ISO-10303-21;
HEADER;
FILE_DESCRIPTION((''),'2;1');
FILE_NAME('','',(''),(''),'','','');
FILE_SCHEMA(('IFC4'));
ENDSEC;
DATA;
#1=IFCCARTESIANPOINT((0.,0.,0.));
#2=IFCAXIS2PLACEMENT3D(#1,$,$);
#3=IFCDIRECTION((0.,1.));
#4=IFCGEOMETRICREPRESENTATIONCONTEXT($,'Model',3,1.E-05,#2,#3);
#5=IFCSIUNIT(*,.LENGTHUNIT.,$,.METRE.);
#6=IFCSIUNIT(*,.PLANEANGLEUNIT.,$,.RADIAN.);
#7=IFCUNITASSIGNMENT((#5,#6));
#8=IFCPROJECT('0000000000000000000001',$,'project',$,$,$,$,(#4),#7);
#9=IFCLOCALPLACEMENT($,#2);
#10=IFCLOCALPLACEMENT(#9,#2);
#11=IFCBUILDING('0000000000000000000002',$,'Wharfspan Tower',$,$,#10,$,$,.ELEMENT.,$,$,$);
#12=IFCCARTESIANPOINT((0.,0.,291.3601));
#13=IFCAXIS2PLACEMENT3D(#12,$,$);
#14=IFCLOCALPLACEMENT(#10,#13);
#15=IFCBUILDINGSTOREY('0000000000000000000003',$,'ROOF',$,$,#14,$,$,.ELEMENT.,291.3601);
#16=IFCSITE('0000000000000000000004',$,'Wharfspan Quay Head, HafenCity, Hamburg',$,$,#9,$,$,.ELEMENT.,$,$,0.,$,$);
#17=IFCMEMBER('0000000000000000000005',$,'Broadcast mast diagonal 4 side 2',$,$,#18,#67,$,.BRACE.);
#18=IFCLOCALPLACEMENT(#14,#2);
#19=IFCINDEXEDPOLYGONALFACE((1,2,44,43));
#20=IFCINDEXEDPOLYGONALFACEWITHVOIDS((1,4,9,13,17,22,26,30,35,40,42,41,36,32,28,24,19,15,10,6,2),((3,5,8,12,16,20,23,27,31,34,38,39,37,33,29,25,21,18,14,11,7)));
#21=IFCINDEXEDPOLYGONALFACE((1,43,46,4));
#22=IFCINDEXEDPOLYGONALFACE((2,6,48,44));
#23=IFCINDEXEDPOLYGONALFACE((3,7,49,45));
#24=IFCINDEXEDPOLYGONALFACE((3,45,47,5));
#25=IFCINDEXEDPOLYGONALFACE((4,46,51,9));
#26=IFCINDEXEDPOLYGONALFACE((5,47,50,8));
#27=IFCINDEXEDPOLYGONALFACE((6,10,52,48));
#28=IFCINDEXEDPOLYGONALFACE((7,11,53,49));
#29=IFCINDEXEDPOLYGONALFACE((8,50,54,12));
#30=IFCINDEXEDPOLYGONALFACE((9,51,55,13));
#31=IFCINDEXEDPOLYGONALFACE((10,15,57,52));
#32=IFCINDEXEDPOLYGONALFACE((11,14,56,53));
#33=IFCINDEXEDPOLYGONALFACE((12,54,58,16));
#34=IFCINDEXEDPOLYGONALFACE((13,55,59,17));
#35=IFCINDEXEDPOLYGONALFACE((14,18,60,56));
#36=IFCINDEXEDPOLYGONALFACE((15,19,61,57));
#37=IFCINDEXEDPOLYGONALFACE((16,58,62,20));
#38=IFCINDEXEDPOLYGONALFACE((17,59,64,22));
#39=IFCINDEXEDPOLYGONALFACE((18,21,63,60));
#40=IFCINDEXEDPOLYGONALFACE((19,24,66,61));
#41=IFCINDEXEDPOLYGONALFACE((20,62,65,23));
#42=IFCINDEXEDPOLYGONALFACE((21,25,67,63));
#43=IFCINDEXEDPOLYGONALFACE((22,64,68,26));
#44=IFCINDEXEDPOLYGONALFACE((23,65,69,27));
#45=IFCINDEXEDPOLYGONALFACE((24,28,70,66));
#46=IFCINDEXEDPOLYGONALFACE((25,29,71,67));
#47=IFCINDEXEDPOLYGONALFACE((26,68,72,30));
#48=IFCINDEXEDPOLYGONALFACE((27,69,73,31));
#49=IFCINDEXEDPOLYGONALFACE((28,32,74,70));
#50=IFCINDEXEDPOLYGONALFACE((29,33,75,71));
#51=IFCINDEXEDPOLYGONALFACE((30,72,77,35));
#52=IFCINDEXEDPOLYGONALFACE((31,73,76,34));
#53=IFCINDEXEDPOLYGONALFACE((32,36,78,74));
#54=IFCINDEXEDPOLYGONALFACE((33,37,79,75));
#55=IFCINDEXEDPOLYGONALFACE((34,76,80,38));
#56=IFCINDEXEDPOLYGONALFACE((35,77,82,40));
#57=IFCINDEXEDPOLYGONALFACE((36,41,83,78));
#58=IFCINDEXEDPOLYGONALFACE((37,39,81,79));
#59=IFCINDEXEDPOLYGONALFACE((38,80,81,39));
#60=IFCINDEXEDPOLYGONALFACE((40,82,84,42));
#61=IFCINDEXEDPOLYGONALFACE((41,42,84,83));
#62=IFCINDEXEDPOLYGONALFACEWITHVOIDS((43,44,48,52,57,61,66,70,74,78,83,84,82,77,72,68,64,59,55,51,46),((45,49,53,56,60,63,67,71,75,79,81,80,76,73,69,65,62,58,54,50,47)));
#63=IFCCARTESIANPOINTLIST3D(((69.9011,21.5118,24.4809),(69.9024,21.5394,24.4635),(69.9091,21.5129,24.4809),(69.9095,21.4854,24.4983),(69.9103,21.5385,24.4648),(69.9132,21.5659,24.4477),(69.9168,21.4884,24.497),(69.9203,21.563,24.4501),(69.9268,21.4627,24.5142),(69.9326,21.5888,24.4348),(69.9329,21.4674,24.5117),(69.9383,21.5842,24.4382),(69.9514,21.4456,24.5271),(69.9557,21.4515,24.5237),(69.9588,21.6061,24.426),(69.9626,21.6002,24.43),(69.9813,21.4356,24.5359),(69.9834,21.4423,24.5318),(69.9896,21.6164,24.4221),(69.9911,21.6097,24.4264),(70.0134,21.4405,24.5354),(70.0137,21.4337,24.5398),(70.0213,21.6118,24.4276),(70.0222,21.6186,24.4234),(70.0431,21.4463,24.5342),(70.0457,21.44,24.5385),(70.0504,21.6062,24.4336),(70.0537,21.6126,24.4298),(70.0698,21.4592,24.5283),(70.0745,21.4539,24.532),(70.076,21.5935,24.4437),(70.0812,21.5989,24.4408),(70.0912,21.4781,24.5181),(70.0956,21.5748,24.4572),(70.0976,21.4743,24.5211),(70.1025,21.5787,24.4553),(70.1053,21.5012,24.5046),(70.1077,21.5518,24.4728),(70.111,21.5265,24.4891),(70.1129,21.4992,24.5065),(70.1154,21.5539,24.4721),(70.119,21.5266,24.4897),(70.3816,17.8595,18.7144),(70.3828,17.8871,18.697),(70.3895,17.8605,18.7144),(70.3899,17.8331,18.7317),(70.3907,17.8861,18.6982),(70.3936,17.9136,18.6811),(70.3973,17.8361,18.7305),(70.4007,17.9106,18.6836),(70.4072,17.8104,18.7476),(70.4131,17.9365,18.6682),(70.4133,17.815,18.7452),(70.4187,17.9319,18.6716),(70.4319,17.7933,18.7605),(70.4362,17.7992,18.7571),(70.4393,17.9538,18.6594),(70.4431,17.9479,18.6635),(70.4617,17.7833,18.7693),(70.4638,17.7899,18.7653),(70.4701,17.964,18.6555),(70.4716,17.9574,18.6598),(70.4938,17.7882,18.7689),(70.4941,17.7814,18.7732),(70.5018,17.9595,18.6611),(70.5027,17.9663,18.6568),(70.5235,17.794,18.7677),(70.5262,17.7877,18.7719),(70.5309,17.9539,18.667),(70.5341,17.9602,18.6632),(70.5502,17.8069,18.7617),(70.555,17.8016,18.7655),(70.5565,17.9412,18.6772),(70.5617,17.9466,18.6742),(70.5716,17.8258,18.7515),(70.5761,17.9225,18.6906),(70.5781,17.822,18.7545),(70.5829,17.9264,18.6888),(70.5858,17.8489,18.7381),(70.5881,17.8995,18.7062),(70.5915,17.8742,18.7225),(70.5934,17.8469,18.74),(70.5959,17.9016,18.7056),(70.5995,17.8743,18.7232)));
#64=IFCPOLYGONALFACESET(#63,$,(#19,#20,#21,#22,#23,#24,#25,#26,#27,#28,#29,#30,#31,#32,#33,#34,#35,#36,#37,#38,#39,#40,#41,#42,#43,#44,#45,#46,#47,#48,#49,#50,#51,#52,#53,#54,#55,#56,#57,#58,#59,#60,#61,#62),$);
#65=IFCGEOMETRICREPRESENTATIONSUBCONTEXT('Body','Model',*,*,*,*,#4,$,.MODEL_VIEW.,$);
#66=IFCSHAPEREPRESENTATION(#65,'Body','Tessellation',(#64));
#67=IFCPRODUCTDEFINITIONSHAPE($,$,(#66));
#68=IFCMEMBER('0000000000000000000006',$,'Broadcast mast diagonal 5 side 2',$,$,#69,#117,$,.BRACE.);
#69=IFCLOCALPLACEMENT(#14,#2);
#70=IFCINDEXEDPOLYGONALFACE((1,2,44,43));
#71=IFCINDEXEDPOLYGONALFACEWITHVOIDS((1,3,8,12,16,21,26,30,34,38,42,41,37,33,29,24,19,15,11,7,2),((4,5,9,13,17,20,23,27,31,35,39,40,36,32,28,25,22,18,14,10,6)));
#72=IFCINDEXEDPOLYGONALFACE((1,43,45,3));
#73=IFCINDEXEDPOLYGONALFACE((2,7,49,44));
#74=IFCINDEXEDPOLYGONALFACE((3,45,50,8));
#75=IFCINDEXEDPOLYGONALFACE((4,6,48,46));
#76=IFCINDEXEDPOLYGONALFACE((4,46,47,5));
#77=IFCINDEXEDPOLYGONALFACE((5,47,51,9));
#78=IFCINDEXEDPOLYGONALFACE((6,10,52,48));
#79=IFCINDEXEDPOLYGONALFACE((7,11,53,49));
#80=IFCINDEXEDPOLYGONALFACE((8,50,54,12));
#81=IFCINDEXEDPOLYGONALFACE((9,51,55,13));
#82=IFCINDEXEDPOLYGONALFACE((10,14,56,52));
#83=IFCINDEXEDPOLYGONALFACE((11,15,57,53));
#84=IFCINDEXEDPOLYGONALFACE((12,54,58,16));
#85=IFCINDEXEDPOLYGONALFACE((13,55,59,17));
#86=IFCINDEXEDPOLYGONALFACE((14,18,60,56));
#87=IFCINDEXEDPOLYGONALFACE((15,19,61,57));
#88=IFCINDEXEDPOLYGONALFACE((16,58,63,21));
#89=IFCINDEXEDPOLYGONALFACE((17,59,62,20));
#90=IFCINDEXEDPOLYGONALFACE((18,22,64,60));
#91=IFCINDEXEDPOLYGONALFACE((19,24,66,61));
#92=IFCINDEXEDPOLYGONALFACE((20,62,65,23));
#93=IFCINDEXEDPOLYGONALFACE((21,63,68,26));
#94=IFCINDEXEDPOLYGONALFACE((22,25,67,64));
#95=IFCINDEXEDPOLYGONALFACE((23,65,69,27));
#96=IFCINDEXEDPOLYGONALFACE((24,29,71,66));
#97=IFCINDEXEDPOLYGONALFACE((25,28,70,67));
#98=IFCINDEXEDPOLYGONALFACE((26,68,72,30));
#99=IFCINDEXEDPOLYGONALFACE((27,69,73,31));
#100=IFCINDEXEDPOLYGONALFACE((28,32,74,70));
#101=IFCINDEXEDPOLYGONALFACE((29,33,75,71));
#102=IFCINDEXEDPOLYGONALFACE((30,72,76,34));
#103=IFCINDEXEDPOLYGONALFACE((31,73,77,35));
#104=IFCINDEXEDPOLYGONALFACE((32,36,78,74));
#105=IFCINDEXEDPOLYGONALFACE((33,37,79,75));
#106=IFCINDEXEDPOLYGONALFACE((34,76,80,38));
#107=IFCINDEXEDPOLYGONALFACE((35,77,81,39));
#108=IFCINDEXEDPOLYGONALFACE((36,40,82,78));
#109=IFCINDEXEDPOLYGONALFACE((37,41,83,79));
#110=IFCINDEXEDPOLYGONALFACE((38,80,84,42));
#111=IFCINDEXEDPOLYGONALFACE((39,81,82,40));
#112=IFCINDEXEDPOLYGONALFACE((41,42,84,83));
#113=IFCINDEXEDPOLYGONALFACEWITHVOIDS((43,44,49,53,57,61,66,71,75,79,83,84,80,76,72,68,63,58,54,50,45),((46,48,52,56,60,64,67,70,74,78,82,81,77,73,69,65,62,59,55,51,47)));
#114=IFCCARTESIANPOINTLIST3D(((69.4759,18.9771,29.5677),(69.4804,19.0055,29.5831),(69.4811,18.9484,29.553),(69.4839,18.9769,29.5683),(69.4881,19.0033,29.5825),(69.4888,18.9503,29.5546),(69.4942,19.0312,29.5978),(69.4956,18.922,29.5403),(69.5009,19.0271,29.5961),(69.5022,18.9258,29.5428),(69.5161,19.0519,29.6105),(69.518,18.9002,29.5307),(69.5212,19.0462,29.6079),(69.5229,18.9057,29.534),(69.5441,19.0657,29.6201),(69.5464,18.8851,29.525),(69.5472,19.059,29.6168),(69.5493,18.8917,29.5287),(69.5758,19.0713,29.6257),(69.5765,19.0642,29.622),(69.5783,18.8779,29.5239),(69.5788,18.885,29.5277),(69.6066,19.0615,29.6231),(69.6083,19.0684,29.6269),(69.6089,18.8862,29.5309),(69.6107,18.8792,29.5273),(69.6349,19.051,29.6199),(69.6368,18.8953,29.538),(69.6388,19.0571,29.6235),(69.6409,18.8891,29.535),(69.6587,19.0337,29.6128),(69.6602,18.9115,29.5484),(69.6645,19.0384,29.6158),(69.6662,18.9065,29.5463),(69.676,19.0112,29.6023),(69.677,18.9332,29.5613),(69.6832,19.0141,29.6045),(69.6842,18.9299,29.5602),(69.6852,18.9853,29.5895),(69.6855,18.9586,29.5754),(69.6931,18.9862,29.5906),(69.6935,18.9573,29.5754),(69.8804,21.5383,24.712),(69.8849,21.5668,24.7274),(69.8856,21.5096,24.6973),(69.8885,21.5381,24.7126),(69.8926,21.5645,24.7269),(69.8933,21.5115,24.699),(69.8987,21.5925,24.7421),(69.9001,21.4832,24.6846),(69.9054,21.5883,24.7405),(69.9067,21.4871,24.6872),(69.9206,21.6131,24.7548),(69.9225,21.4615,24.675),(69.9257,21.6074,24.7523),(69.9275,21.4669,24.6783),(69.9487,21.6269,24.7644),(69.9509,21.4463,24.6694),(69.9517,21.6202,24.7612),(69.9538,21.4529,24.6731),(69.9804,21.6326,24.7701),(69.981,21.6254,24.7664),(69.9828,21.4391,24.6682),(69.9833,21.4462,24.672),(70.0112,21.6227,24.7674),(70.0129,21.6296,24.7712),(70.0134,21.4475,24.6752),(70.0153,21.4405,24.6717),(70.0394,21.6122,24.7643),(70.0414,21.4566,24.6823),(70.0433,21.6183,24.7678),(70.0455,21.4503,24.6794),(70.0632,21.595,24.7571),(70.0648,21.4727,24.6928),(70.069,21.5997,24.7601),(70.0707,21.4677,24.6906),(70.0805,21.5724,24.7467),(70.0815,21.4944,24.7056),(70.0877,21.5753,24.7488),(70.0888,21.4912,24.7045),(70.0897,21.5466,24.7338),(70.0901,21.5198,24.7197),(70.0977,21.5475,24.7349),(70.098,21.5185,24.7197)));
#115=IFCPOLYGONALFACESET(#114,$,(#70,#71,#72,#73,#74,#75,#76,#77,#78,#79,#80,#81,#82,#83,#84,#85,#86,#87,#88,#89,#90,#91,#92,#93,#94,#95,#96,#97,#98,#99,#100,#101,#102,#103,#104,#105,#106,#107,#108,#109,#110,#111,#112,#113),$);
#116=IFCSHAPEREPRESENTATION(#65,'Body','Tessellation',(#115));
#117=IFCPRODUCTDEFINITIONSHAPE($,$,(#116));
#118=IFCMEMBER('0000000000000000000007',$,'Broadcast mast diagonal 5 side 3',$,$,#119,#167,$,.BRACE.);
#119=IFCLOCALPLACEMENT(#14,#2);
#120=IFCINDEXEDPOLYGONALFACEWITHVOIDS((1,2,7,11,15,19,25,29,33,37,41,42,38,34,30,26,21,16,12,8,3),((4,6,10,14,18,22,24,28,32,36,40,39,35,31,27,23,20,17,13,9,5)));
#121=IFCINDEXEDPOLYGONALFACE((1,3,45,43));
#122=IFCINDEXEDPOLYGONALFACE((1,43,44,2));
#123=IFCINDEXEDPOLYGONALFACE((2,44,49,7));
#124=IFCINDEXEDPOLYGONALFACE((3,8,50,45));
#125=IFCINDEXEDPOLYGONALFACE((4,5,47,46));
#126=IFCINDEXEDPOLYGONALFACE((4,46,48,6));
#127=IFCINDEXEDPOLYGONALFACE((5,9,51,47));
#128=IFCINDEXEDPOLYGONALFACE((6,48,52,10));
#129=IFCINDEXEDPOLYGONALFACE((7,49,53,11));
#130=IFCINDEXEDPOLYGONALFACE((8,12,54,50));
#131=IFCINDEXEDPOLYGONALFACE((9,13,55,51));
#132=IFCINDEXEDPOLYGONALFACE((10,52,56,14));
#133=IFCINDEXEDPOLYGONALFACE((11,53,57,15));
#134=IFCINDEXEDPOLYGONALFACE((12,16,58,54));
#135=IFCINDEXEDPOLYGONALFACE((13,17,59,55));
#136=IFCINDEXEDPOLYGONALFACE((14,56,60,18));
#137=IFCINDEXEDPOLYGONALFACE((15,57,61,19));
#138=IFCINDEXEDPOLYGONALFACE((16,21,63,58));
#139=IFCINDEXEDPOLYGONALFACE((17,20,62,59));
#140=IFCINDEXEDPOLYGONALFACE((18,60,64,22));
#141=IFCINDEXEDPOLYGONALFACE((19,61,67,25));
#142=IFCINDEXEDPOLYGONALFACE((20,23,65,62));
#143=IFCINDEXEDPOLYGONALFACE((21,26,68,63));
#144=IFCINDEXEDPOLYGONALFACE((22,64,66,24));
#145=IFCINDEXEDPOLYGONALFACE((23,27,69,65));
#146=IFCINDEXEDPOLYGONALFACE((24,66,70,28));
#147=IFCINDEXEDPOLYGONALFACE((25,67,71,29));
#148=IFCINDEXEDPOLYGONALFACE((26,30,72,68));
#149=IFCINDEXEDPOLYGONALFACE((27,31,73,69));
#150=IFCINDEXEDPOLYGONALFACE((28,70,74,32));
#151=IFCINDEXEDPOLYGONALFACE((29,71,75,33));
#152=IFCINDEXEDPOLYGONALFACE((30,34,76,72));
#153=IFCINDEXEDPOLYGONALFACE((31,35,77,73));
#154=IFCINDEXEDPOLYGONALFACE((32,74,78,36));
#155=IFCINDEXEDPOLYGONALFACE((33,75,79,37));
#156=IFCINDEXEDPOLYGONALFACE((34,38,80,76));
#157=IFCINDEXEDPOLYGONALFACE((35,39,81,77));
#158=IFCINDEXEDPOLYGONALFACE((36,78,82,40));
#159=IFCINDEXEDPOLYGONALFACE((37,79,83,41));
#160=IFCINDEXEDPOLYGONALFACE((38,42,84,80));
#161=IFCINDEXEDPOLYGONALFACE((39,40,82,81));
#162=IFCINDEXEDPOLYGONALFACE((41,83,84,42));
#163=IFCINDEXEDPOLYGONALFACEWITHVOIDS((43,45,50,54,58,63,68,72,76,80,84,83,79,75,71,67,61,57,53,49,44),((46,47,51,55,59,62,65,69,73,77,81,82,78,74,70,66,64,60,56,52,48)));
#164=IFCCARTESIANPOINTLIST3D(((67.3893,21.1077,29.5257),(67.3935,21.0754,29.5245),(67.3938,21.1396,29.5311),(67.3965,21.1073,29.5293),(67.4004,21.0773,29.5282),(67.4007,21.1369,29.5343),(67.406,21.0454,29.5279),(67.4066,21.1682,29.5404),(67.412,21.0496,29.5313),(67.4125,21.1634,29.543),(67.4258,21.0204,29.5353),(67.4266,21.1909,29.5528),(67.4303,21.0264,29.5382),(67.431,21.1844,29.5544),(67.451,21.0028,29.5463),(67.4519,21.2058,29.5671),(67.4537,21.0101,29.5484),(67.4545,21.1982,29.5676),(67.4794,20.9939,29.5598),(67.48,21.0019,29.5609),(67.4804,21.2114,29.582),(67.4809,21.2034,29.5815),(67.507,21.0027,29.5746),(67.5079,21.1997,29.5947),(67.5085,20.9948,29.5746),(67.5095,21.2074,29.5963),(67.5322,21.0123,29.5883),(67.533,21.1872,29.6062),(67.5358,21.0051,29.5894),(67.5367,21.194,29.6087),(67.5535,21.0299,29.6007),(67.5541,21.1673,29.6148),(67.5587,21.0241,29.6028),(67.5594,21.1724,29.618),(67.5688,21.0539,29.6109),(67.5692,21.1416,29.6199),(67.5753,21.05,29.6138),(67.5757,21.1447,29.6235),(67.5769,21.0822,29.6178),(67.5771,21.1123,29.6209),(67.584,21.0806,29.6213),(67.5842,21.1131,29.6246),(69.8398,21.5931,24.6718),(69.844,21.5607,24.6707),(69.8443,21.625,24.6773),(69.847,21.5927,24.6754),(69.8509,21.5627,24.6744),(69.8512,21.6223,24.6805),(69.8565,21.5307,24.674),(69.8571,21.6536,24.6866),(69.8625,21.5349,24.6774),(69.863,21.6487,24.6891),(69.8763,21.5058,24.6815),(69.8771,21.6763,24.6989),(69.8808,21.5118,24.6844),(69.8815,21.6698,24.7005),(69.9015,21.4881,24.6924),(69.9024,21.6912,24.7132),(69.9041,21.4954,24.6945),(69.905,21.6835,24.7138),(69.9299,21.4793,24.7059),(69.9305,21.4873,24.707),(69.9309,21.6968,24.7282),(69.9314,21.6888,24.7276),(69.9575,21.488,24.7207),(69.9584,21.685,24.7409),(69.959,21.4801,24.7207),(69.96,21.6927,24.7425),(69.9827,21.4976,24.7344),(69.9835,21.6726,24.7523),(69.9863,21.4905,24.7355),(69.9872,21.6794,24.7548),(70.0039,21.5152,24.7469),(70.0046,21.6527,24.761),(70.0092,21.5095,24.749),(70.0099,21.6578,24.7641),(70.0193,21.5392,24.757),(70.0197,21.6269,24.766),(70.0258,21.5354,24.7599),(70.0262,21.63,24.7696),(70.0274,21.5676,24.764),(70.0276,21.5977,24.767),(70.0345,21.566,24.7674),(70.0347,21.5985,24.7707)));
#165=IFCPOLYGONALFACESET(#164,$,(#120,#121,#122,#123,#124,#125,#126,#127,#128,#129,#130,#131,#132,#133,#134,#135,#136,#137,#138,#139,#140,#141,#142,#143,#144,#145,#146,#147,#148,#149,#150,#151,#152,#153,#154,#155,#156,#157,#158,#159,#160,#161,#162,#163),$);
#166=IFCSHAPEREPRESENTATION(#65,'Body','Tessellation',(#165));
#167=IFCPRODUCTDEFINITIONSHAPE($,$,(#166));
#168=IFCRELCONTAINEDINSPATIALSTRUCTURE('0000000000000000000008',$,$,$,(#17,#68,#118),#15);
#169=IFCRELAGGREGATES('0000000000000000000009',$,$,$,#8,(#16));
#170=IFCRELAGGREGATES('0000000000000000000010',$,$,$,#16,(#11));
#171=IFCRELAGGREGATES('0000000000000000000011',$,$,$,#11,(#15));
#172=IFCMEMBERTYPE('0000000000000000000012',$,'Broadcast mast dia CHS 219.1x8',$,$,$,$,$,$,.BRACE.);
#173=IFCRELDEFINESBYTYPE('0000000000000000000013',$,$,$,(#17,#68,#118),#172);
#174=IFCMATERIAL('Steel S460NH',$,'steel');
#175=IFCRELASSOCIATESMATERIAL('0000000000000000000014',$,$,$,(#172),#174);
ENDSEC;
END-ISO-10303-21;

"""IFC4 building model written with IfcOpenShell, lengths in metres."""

from ifc_helpers import new_model, si_unit, direction, frame, origin, origin_2d, place, context, subcontext, project, spatial, hollow_circle, extrude, material, material_profile, profile_set, type_object, element, save


model = new_model("IFC4")

# Units and contexts
model_context = context("Model", 3, precision=1e-05, world=origin(), true_north=direction((0.0, 1.0)))
body_context = subcontext(model_context, "Body", "Model", "MODEL_VIEW")
ifc_project = project(units=[si_unit("LENGTHUNIT", "METRE"), si_unit("PLANEANGLEUNIT", "RADIAN")], contexts=[model_context])

# Site, building, storey
site_placement = place(None, origin())
site = spatial("IfcSite", under=ifc_project, at=site_placement, Name="Wharfspan Quay Head, HafenCity, Hamburg", CompositionType="ELEMENT", RefElevation=0.0)
building_placement = place(site_placement, origin())
building = spatial("IfcBuilding", under=site, at=building_placement, Name="Wharfspan Tower", CompositionType="ELEMENT")
storey_placement = place(building_placement, frame((0.0, 0.0, 291.3601)))
storey = spatial("IfcBuildingStorey", under=building, at=storey_placement, Name="ROOF", CompositionType="ELEMENT", Elevation=291.3601)

# Members
ifc_material = material(Name="Steel S460NH", Category="steel")
ifc_material_profile_1 = material_profile(ifc_material, hollow_circle(Radius=0.1096, WallThickness=0.0081, at=origin_2d()))
ifc_profile_set_1 = profile_set([ifc_material_profile_1], Name="Steel S460NH")
member_type_1 = type_object("IfcMemberType", Name="Broadcast mast dia CHS 219.1x8", PredefinedType="BRACE", material=ifc_profile_set_1)
member_1_placement = place(storey_placement, frame((70.4902, 17.8738, 18.7144), z_axis=(-0.070215, 0.533748, 0.842723), x_axis=(-0.991457, -0.130427, 0.0)))
element("IfcMember", 1, at=member_1_placement, inside=storey, type_object=member_type_1, Name="Broadcast mast diagonal 4 side 2", PredefinedType="BRACE", context=body_context, shape_type="SweptSolid", body=[
    extrude(hollow_circle(Radius=0.1096, WallThickness=0.0081, at=origin_2d()), origin(), (0.0, 0.0, 1.0), 6.8428),
])
member_2_placement = place(storey_placement, frame((69.9897, 21.5356, 24.7197), z_axis=(-0.07349, -0.465289, 0.882103), x_axis=(0.987755, -0.156007, 0.000002)))
element("IfcMember", 2, at=member_2_placement, inside=storey, type_object=member_type_1, Name="Broadcast mast diagonal 5 side 2", PredefinedType="BRACE", context=body_context, shape_type="SweptSolid", body=[
    extrude(hollow_circle(Radius=0.1096, WallThickness=0.0081, at=origin_2d()), origin(), (0.0, 0.0, 1.0), 5.5046),
])
member_3_placement = place(storey_placement, frame((69.9377, 21.5876, 24.7207), z_axis=(-0.448892, -0.088911, 0.889152), x_axis=(0.194289, -0.980942, -0.000002)))
element("IfcMember", 3, at=member_3_placement, inside=storey, type_object=member_type_1, Name="Broadcast mast diagonal 5 side 3", PredefinedType="BRACE", context=body_context, shape_type="SweptSolid", body=[
    extrude(hollow_circle(Radius=0.1096, WallThickness=0.0081, at=origin_2d()), origin(), (0.0, 0.0, 1.0), 5.459),
])

save(model, "model.ifc")
